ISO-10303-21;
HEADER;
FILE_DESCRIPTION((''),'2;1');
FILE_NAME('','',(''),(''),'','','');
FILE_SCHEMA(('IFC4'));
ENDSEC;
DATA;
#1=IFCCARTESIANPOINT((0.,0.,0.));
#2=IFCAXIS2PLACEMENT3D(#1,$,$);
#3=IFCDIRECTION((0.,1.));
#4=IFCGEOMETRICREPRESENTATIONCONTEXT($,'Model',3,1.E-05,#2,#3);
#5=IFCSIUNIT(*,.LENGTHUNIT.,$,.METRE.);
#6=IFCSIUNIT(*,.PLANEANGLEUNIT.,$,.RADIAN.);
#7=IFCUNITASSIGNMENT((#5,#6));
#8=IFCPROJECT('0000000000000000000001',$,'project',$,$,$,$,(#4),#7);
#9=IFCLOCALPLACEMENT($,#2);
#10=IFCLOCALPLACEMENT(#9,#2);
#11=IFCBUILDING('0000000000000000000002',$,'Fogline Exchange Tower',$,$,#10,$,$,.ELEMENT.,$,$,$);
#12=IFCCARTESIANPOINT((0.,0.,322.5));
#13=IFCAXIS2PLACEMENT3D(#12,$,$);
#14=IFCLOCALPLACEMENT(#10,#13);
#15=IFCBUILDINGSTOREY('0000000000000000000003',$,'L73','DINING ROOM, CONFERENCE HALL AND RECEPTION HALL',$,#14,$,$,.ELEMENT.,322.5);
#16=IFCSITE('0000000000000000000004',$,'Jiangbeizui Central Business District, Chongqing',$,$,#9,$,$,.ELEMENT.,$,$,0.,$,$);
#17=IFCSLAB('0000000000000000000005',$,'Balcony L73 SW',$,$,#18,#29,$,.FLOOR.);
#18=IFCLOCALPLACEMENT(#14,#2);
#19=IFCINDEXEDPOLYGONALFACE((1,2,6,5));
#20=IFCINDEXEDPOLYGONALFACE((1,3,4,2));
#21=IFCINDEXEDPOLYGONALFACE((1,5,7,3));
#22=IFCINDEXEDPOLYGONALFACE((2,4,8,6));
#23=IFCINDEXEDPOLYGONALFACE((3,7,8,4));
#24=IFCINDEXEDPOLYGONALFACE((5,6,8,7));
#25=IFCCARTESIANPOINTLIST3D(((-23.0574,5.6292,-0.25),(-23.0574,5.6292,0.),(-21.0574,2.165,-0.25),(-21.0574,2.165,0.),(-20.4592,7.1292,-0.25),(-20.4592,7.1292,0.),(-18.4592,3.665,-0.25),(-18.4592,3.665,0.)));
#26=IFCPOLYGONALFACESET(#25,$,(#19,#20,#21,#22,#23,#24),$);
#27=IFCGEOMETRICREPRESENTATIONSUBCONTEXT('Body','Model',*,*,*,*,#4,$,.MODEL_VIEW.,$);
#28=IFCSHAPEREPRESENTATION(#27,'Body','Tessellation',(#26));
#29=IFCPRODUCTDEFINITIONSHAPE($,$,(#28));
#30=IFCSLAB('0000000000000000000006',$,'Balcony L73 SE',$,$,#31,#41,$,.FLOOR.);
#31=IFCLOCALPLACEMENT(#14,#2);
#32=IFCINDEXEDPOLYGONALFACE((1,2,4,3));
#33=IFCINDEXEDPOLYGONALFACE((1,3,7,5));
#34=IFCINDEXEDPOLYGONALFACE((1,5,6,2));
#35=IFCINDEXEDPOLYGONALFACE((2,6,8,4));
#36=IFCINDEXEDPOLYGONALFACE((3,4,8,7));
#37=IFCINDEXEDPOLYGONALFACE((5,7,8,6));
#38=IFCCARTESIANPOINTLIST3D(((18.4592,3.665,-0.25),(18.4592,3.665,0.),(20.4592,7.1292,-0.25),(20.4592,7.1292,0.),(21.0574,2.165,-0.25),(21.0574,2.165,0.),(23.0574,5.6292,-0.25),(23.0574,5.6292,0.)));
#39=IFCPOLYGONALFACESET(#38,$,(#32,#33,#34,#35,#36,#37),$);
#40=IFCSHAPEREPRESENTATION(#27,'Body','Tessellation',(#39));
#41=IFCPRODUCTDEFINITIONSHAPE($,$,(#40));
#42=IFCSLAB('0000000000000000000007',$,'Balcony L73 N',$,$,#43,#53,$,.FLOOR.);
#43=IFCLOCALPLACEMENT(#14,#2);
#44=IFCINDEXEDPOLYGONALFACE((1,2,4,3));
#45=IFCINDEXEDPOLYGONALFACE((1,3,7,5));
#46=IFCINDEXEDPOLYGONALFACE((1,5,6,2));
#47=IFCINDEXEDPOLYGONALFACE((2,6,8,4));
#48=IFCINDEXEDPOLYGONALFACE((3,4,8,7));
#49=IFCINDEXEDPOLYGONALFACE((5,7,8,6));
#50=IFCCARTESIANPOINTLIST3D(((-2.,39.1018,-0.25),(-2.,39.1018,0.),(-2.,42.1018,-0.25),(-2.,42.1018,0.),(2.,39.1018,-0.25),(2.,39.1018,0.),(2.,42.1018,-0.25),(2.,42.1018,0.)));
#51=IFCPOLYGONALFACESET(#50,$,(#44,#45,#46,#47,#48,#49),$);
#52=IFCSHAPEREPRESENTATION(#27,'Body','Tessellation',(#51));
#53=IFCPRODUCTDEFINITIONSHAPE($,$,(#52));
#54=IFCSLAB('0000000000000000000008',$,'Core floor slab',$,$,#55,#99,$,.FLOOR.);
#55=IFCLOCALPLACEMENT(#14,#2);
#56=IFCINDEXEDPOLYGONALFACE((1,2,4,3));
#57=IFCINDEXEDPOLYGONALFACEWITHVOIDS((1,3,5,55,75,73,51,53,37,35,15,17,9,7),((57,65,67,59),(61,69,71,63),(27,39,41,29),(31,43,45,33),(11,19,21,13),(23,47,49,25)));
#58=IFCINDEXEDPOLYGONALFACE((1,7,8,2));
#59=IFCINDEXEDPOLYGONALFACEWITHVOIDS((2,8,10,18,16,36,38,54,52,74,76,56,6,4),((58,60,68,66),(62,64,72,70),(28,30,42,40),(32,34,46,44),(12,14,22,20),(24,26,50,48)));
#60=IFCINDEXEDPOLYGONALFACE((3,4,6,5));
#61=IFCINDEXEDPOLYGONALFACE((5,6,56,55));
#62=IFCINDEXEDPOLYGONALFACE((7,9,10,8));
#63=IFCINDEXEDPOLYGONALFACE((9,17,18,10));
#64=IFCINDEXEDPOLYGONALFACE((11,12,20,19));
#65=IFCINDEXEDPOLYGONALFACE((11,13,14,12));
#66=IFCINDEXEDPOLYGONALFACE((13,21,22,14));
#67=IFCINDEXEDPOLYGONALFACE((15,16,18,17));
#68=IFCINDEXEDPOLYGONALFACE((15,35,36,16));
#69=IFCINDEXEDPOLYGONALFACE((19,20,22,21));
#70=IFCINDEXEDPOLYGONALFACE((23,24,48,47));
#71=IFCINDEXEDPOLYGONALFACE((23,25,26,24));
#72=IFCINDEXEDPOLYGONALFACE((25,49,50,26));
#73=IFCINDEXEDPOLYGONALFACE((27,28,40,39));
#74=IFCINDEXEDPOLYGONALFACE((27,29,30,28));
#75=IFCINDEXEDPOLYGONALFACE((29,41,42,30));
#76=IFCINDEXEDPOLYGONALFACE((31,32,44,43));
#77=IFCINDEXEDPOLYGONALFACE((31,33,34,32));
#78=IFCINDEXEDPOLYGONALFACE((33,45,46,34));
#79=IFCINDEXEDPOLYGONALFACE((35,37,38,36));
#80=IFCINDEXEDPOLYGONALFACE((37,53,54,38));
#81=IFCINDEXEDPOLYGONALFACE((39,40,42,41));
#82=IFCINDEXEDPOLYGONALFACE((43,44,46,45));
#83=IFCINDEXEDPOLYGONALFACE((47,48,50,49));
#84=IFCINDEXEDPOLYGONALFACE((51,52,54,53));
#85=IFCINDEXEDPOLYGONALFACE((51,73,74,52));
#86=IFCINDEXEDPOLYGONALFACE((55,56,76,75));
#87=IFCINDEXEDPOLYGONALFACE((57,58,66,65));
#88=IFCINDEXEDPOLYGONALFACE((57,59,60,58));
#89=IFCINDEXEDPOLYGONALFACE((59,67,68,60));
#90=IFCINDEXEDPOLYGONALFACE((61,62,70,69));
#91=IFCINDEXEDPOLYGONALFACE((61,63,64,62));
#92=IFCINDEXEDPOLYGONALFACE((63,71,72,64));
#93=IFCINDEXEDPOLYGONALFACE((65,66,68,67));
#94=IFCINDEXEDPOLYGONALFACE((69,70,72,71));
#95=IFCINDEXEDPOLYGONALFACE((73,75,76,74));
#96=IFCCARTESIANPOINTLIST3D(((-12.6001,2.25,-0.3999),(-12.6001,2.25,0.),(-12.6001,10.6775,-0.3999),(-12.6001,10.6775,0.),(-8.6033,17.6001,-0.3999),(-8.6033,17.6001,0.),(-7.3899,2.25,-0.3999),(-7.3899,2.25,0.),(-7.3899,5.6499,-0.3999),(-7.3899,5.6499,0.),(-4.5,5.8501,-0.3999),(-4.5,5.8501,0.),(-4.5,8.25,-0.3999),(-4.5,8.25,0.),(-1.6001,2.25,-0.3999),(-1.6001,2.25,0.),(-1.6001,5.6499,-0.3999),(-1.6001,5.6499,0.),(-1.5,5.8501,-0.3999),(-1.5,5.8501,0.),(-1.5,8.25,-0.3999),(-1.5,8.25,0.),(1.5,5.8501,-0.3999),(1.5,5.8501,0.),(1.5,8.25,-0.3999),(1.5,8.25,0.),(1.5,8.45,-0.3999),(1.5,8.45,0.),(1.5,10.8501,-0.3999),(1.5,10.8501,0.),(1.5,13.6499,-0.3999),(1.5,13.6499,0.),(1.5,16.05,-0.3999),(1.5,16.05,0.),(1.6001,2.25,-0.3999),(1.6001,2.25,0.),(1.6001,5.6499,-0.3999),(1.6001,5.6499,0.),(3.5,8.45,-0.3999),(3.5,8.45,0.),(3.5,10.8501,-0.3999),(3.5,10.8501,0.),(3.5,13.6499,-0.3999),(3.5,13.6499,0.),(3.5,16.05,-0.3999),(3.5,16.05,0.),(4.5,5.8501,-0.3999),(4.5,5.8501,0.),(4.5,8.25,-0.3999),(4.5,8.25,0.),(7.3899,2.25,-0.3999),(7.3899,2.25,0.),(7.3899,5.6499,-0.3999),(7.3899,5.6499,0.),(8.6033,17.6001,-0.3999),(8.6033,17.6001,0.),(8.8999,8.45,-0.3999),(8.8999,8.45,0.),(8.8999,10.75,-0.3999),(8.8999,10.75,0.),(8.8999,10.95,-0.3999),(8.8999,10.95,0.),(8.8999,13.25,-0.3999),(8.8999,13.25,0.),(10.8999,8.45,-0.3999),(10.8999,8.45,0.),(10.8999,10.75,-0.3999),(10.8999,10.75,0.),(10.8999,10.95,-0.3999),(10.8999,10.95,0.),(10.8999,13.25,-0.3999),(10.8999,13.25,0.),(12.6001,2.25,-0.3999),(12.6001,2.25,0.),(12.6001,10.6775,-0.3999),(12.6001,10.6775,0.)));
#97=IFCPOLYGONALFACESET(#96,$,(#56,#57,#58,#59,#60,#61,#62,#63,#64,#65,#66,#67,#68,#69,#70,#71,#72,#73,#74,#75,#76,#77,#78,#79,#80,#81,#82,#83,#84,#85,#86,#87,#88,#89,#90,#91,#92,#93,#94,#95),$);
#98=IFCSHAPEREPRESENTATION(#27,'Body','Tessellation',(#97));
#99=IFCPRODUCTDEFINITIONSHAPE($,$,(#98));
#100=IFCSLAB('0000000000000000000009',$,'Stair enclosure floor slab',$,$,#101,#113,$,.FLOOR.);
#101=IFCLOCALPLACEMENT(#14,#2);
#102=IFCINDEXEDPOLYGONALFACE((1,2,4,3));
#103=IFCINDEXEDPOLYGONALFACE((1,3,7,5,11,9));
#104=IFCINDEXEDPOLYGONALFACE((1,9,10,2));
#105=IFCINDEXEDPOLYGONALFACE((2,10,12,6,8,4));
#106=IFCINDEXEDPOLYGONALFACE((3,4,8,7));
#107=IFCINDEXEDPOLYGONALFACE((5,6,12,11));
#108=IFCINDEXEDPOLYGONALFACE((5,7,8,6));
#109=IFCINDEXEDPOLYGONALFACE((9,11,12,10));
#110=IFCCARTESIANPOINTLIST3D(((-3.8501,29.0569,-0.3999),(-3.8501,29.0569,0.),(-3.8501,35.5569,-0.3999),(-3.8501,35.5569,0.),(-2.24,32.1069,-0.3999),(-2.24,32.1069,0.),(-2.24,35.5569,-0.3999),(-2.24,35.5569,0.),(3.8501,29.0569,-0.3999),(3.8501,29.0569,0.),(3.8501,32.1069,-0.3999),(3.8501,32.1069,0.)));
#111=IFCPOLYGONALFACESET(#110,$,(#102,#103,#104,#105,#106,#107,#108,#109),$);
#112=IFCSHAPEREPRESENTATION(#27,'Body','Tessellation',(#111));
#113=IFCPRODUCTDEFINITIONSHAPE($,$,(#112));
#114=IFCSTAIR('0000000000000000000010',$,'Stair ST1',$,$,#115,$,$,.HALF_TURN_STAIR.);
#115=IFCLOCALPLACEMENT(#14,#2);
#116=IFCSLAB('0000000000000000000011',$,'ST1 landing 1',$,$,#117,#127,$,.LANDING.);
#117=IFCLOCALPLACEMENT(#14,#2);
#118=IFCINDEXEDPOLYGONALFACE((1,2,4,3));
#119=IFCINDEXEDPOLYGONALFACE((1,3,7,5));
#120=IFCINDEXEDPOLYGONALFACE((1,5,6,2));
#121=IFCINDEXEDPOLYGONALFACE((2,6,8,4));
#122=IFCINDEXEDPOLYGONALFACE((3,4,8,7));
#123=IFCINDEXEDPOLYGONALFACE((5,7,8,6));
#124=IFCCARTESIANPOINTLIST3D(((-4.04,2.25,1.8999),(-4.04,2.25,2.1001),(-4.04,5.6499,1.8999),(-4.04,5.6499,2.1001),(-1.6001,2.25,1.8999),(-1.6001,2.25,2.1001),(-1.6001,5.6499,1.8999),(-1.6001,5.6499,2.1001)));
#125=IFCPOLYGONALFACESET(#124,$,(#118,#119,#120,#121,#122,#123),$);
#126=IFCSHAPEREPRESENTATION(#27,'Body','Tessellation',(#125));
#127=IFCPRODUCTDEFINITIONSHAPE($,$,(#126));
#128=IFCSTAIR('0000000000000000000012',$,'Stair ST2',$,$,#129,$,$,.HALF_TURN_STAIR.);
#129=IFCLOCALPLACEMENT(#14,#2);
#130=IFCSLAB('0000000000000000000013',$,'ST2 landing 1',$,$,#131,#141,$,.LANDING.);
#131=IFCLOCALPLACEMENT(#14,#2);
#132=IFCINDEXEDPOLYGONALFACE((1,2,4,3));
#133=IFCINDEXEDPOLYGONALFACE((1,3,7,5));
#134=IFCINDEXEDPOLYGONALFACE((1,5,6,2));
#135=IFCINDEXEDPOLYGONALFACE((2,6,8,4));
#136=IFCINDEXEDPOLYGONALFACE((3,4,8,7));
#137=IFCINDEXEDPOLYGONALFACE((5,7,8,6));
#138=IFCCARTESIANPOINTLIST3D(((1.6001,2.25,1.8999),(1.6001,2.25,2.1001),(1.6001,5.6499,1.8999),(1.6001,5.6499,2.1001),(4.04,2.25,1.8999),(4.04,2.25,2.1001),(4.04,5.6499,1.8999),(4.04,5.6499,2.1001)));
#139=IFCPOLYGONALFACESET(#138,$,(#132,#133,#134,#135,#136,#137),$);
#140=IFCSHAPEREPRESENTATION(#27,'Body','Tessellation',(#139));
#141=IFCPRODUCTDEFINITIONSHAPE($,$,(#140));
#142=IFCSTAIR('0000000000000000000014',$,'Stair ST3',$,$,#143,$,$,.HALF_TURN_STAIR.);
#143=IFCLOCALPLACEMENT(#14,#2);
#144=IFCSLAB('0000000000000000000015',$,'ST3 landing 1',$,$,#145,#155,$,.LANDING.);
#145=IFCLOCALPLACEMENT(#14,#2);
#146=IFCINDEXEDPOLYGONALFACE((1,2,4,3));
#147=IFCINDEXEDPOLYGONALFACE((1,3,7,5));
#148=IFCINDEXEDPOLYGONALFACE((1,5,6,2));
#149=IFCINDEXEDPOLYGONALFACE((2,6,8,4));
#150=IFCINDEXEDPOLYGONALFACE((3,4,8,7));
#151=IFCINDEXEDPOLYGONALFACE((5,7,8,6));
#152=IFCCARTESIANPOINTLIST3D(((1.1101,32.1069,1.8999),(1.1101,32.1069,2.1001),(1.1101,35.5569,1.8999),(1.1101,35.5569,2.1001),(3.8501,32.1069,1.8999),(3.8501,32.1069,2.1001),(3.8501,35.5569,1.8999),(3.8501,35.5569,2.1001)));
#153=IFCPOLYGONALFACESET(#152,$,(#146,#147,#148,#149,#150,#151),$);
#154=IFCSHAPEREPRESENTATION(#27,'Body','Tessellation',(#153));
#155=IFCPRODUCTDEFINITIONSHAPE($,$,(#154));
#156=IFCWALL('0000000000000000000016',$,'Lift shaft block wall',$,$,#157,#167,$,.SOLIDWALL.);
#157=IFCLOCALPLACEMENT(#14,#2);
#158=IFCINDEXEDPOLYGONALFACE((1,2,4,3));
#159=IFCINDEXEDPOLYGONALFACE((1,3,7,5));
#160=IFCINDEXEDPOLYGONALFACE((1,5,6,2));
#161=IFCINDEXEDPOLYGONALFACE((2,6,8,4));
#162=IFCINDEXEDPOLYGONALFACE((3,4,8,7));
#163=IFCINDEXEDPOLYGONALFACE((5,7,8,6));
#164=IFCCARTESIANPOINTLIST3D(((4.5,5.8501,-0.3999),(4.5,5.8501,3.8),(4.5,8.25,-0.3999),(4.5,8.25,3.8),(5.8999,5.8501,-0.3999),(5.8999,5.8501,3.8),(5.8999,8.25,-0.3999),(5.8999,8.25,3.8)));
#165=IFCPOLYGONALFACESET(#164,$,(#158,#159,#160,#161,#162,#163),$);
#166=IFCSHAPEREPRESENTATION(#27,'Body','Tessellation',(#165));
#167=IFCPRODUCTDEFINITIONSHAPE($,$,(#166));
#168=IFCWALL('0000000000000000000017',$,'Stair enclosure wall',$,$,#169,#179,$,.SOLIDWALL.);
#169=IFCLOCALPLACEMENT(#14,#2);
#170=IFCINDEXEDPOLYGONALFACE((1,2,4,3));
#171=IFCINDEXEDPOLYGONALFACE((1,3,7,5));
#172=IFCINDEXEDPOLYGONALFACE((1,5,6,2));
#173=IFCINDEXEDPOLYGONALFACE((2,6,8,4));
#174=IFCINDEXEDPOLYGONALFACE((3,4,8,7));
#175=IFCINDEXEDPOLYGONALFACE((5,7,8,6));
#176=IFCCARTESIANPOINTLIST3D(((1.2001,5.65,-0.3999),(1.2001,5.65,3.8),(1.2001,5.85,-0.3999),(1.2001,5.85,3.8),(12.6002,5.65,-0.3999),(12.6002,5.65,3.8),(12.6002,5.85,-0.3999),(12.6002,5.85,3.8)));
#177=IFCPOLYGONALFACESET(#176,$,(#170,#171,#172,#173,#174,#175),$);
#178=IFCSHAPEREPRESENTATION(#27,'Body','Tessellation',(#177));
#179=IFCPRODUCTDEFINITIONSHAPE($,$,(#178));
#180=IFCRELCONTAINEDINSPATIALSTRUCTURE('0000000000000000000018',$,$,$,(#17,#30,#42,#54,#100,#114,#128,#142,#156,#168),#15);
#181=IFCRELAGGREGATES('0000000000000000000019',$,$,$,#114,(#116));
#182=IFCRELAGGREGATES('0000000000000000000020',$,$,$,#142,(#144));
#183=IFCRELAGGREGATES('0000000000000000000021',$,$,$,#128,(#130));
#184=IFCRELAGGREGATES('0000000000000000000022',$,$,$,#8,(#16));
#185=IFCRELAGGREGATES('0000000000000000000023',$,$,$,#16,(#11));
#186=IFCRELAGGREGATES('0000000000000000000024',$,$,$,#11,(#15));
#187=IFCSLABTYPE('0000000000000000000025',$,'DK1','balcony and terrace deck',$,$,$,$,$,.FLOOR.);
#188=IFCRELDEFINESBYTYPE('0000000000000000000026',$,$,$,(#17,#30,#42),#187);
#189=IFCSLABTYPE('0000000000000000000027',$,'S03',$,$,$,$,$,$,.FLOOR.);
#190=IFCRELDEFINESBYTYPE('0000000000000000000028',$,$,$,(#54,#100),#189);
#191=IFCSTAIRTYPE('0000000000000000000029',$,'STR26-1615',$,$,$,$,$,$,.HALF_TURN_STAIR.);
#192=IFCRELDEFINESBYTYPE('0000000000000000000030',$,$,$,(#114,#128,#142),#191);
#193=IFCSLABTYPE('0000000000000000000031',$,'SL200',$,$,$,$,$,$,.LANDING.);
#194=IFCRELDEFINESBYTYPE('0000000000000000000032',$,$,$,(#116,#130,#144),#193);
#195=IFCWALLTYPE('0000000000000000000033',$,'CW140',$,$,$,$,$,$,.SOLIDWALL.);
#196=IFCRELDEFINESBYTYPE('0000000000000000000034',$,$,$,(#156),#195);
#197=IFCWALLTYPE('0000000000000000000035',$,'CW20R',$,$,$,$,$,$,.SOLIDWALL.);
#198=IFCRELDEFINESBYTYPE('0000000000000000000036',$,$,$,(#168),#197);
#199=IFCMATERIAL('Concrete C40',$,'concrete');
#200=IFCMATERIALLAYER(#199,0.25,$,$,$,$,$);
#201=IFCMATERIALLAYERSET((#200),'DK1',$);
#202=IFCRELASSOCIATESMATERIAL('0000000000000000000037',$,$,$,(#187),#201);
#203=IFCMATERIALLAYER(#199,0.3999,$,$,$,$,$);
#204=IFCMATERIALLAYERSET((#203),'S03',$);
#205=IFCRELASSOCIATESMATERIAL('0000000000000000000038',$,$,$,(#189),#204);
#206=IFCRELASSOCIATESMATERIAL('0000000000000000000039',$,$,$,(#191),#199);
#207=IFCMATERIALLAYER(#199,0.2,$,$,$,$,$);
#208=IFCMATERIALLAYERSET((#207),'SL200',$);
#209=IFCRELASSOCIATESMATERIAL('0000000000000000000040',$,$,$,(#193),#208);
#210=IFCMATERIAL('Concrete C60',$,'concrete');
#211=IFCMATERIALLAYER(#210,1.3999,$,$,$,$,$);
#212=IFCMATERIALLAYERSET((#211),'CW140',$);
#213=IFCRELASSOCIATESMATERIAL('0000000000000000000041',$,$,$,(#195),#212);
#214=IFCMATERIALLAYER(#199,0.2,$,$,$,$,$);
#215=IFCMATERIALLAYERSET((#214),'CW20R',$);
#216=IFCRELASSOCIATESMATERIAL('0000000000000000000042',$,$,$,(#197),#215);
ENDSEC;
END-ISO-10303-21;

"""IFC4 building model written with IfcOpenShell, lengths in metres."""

from ifc_helpers import new_model, si_unit, direction, frame, frame_2d, origin, place, context, subcontext, project, spatial, polyline, rectangle, outline, extrude, material, layer, layer_set, type_object, element, aggregate, save


model = new_model("IFC4")

# Units and contexts
model_context = context("Model", 3, precision=1e-05, world=origin(), true_north=direction((0.0, 1.0)))
body_context = subcontext(model_context, "Body", "Model", "MODEL_VIEW")
ifc_project = project(units=[si_unit("LENGTHUNIT", "METRE"), si_unit("PLANEANGLEUNIT", "RADIAN")], contexts=[model_context])

# Site, building, storey
site_placement = place(None, origin())
site = spatial("IfcSite", under=ifc_project, at=site_placement, Name="Jiangbeizui Central Business District, Chongqing", CompositionType="ELEMENT", RefElevation=0.0)
building_placement = place(site_placement, origin())
building = spatial("IfcBuilding", under=site, at=building_placement, Name="Fogline Exchange Tower", CompositionType="ELEMENT")
storey_placement = place(building_placement, frame((0.0, 0.0, 322.5)))
storey = spatial("IfcBuildingStorey", under=building, at=storey_placement, Name="L73", Description="DINING ROOM, CONFERENCE HALL AND RECEPTION HALL", CompositionType="ELEMENT", Elevation=322.5)

# Slabs
ifc_material_1 = material(Name="Concrete C40", Category="concrete")
ifc_layer_1 = layer(ifc_material_1, 0.25)
ifc_layer_set_1 = layer_set([ifc_layer_1], Name="DK1")
slab_type_1 = type_object("IfcSlabType", Name="DK1", Description="balcony and terrace deck", PredefinedType="FLOOR", material=ifc_layer_set_1)
slab_1_placement = place(storey_placement, frame((0.0, 0.0, -0.25)))
element("IfcSlab", 1, at=slab_1_placement, inside=storey, type_object=slab_type_1, Name="Balcony L73 SW", PredefinedType="FLOOR", context=body_context, shape_type="SweptSolid", body=[
    extrude(outline(polyline([(-23.0574, 5.6292), (-21.0574, 2.165), (-18.4592, 3.665), (-20.4592, 7.1292), (-23.0574, 5.6292)])), origin(), (0.0, 0.0, 1.0), 0.25),
])
slab_2_placement = place(storey_placement, frame((0.0, 0.0, -0.25)))
element("IfcSlab", 2, at=slab_2_placement, inside=storey, type_object=slab_type_1, Name="Balcony L73 SE", PredefinedType="FLOOR", context=body_context, shape_type="SweptSolid", body=[
    extrude(outline(polyline([(21.0574, 2.165), (23.0574, 5.6292), (20.4592, 7.1292), (18.4592, 3.665), (21.0574, 2.165)])), origin(), (0.0, 0.0, 1.0), 0.25),
])
slab_3_placement = place(storey_placement, frame((0.0, 0.0, -0.25)))
element("IfcSlab", 3, at=slab_3_placement, inside=storey, type_object=slab_type_1, Name="Balcony L73 N", PredefinedType="FLOOR", context=body_context, shape_type="SweptSolid", body=[
    extrude(outline(polyline([(2.0, 42.1018), (-2.0, 42.1018), (-2.0, 39.1018), (2.0, 39.1018), (2.0, 42.1018)])), origin(), (0.0, 0.0, 1.0), 0.25),
])
ifc_layer_2 = layer(ifc_material_1, 0.3999)
ifc_layer_set_2 = layer_set([ifc_layer_2], Name="S03")
slab_type_2 = type_object("IfcSlabType", Name="S03", PredefinedType="FLOOR", material=ifc_layer_set_2)
slab_4_placement = place(storey_placement, frame((0.0, 0.0, -0.3999)))
element("IfcSlab", 4, at=slab_4_placement, inside=storey, type_object=slab_type_2, Name="Core floor slab", PredefinedType="FLOOR", context=body_context, shape_type="SweptSolid", body=[
    extrude(outline(polyline([(-12.6001, 2.25), (-12.6001, 10.6775), (-8.6033, 17.6001), (8.6033, 17.6001), (12.6001, 10.6775), (12.6001, 2.25), (7.3899, 2.25), (7.3899, 5.6499), (1.6001, 5.6499), (1.6001, 2.25), (-1.6001, 2.25), (-1.6001, 5.6499), (-7.3899, 5.6499), (-7.3899, 2.25), (-12.6001, 2.25)]), holes=[polyline([(-4.5, 8.25), (-4.5, 5.8501), (-1.5, 5.8501), (-1.5, 8.25), (-4.5, 8.25)]), polyline([(1.5, 8.25), (1.5, 5.8501), (4.5, 5.8501), (4.5, 8.25), (1.5, 8.25)]), polyline([(8.8999, 10.75), (8.8999, 8.45), (10.8999, 8.45), (10.8999, 10.75), (8.8999, 10.75)]), polyline([(1.5, 10.8501), (1.5, 8.45), (3.5, 8.45), (3.5, 10.8501), (1.5, 10.8501)]), polyline([(8.8999, 13.25), (8.8999, 10.95), (10.8999, 10.95), (10.8999, 13.25), (8.8999, 13.25)]), polyline([(1.5, 16.05), (1.5, 13.6499), (3.5, 13.6499), (3.5, 16.05), (1.5, 16.05)])]), origin(), (0.0, 0.0, 1.0), 0.3999),
])
slab_5_placement = place(storey_placement, frame((0.0, 0.0, -0.3999)))
element("IfcSlab", 5, at=slab_5_placement, inside=storey, type_object=slab_type_2, Name="Stair enclosure floor slab", PredefinedType="FLOOR", context=body_context, shape_type="SweptSolid", body=[
    extrude(outline(polyline([(3.8501, 29.0569), (-3.8501, 29.0569), (-3.8501, 35.5569), (-2.24, 35.5569), (-2.24, 32.1069), (3.8501, 32.1069), (3.8501, 29.0569)])), origin(), (0.0, 0.0, 1.0), 0.3999),
])

# Stairs, slabs
stair_type = type_object("IfcStairType", Name="STR26-1615", PredefinedType="HALF_TURN_STAIR", material=ifc_material_1)
stair_1_placement = place(storey_placement, origin())
stair_1 = element("IfcStair", 6, at=stair_1_placement, inside=storey, type_object=stair_type, Name="Stair ST1", PredefinedType="HALF_TURN_STAIR")
ifc_layer_3 = layer(ifc_material_1, 0.2)
ifc_layer_set_3 = layer_set([ifc_layer_3], Name="SL200")
slab_type_3 = type_object("IfcSlabType", Name="SL200", PredefinedType="LANDING", material=ifc_layer_set_3)
slab_6_placement = place(storey_placement, frame((0.0, 0.0, 1.8999)))
slab_6 = element("IfcSlab", 7, at=slab_6_placement, type_object=slab_type_3, Name="ST1 landing 1", PredefinedType="LANDING", context=body_context, shape_type="SweptSolid", body=[
    extrude(outline(polyline([(-4.04, 2.25), (-1.6001, 2.25), (-1.6001, 5.6499), (-4.04, 5.6499), (-4.04, 2.25)])), origin(), (0.0, 0.0, 1.0), 0.2002),
])
aggregate(stair_1, [slab_6])
stair_2_placement = place(storey_placement, origin())
stair_2 = element("IfcStair", 8, at=stair_2_placement, inside=storey, type_object=stair_type, Name="Stair ST2", PredefinedType="HALF_TURN_STAIR")
slab_7_placement = place(storey_placement, frame((0.0, 0.0, 1.8999)))
slab_7 = element("IfcSlab", 9, at=slab_7_placement, type_object=slab_type_3, Name="ST2 landing 1", PredefinedType="LANDING", context=body_context, shape_type="SweptSolid", body=[
    extrude(outline(polyline([(1.6001, 2.25), (4.04, 2.25), (4.04, 5.6499), (1.6001, 5.6499), (1.6001, 2.25)])), origin(), (0.0, 0.0, 1.0), 0.2002),
])
stair_3_placement = place(storey_placement, origin())
stair_3 = element("IfcStair", 10, at=stair_3_placement, inside=storey, type_object=stair_type, Name="Stair ST3", PredefinedType="HALF_TURN_STAIR")
slab_8_placement = place(storey_placement, frame((0.0, 0.0, 1.8999)))
slab_8 = element("IfcSlab", 11, at=slab_8_placement, type_object=slab_type_3, Name="ST3 landing 1", PredefinedType="LANDING", context=body_context, shape_type="SweptSolid", body=[
    extrude(outline(polyline([(1.1101, 32.1069), (3.8501, 32.1069), (3.8501, 35.5569), (1.1101, 35.5569), (1.1101, 32.1069)])), origin(), (0.0, 0.0, 1.0), 0.2002),
])
aggregate(stair_3, [slab_8])

# Walls
ifc_material_2 = material(Name="Concrete C60", Category="concrete")
ifc_layer_4 = layer(ifc_material_2, 1.3999)
ifc_layer_set_4 = layer_set([ifc_layer_4], Name="CW140")
wall_type_1 = type_object("IfcWallType", Name="CW140", PredefinedType="SOLIDWALL", material=ifc_layer_set_4)
wall_1_placement = place(storey_placement, frame((5.2, 5.8501, -0.3999), z_axis=(0.0, 0.0, 1.0), x_axis=(0.0, 1.0, 0.0)))
element("IfcWall", 12, at=wall_1_placement, inside=storey, type_object=wall_type_1, Name="Lift shaft block wall", PredefinedType="SOLIDWALL", context=body_context, shape_type="SweptSolid", body=[
    extrude(rectangle(XDim=2.3999, YDim=1.3999, at=frame_2d((1.2, 0.0))), origin(), (0.0, 0.0, 1.0), 4.2),
])
ifc_layer_5 = layer(ifc_material_1, 0.2)
ifc_layer_set_5 = layer_set([ifc_layer_5], Name="CW20R")
wall_type_2 = type_object("IfcWallType", Name="CW20R", PredefinedType="SOLIDWALL", material=ifc_layer_set_5)
wall_2_placement = place(storey_placement, frame((1.2, 5.75, -0.3999), z_axis=(0.0, 0.0, 1.0), x_axis=(1.0, 0.0, 0.0)))
element("IfcWall", 13, at=wall_2_placement, inside=storey, type_object=wall_type_2, Name="Stair enclosure wall", PredefinedType="SOLIDWALL", context=body_context, shape_type="SweptSolid", body=[
    extrude(rectangle(XDim=11.4001, YDim=0.2, at=frame_2d((5.7002, 0.0))), origin(), (0.0, 0.0, 1.0), 4.2),
])

aggregate(stair_2, [slab_7])

save(model, "model.ifc")
